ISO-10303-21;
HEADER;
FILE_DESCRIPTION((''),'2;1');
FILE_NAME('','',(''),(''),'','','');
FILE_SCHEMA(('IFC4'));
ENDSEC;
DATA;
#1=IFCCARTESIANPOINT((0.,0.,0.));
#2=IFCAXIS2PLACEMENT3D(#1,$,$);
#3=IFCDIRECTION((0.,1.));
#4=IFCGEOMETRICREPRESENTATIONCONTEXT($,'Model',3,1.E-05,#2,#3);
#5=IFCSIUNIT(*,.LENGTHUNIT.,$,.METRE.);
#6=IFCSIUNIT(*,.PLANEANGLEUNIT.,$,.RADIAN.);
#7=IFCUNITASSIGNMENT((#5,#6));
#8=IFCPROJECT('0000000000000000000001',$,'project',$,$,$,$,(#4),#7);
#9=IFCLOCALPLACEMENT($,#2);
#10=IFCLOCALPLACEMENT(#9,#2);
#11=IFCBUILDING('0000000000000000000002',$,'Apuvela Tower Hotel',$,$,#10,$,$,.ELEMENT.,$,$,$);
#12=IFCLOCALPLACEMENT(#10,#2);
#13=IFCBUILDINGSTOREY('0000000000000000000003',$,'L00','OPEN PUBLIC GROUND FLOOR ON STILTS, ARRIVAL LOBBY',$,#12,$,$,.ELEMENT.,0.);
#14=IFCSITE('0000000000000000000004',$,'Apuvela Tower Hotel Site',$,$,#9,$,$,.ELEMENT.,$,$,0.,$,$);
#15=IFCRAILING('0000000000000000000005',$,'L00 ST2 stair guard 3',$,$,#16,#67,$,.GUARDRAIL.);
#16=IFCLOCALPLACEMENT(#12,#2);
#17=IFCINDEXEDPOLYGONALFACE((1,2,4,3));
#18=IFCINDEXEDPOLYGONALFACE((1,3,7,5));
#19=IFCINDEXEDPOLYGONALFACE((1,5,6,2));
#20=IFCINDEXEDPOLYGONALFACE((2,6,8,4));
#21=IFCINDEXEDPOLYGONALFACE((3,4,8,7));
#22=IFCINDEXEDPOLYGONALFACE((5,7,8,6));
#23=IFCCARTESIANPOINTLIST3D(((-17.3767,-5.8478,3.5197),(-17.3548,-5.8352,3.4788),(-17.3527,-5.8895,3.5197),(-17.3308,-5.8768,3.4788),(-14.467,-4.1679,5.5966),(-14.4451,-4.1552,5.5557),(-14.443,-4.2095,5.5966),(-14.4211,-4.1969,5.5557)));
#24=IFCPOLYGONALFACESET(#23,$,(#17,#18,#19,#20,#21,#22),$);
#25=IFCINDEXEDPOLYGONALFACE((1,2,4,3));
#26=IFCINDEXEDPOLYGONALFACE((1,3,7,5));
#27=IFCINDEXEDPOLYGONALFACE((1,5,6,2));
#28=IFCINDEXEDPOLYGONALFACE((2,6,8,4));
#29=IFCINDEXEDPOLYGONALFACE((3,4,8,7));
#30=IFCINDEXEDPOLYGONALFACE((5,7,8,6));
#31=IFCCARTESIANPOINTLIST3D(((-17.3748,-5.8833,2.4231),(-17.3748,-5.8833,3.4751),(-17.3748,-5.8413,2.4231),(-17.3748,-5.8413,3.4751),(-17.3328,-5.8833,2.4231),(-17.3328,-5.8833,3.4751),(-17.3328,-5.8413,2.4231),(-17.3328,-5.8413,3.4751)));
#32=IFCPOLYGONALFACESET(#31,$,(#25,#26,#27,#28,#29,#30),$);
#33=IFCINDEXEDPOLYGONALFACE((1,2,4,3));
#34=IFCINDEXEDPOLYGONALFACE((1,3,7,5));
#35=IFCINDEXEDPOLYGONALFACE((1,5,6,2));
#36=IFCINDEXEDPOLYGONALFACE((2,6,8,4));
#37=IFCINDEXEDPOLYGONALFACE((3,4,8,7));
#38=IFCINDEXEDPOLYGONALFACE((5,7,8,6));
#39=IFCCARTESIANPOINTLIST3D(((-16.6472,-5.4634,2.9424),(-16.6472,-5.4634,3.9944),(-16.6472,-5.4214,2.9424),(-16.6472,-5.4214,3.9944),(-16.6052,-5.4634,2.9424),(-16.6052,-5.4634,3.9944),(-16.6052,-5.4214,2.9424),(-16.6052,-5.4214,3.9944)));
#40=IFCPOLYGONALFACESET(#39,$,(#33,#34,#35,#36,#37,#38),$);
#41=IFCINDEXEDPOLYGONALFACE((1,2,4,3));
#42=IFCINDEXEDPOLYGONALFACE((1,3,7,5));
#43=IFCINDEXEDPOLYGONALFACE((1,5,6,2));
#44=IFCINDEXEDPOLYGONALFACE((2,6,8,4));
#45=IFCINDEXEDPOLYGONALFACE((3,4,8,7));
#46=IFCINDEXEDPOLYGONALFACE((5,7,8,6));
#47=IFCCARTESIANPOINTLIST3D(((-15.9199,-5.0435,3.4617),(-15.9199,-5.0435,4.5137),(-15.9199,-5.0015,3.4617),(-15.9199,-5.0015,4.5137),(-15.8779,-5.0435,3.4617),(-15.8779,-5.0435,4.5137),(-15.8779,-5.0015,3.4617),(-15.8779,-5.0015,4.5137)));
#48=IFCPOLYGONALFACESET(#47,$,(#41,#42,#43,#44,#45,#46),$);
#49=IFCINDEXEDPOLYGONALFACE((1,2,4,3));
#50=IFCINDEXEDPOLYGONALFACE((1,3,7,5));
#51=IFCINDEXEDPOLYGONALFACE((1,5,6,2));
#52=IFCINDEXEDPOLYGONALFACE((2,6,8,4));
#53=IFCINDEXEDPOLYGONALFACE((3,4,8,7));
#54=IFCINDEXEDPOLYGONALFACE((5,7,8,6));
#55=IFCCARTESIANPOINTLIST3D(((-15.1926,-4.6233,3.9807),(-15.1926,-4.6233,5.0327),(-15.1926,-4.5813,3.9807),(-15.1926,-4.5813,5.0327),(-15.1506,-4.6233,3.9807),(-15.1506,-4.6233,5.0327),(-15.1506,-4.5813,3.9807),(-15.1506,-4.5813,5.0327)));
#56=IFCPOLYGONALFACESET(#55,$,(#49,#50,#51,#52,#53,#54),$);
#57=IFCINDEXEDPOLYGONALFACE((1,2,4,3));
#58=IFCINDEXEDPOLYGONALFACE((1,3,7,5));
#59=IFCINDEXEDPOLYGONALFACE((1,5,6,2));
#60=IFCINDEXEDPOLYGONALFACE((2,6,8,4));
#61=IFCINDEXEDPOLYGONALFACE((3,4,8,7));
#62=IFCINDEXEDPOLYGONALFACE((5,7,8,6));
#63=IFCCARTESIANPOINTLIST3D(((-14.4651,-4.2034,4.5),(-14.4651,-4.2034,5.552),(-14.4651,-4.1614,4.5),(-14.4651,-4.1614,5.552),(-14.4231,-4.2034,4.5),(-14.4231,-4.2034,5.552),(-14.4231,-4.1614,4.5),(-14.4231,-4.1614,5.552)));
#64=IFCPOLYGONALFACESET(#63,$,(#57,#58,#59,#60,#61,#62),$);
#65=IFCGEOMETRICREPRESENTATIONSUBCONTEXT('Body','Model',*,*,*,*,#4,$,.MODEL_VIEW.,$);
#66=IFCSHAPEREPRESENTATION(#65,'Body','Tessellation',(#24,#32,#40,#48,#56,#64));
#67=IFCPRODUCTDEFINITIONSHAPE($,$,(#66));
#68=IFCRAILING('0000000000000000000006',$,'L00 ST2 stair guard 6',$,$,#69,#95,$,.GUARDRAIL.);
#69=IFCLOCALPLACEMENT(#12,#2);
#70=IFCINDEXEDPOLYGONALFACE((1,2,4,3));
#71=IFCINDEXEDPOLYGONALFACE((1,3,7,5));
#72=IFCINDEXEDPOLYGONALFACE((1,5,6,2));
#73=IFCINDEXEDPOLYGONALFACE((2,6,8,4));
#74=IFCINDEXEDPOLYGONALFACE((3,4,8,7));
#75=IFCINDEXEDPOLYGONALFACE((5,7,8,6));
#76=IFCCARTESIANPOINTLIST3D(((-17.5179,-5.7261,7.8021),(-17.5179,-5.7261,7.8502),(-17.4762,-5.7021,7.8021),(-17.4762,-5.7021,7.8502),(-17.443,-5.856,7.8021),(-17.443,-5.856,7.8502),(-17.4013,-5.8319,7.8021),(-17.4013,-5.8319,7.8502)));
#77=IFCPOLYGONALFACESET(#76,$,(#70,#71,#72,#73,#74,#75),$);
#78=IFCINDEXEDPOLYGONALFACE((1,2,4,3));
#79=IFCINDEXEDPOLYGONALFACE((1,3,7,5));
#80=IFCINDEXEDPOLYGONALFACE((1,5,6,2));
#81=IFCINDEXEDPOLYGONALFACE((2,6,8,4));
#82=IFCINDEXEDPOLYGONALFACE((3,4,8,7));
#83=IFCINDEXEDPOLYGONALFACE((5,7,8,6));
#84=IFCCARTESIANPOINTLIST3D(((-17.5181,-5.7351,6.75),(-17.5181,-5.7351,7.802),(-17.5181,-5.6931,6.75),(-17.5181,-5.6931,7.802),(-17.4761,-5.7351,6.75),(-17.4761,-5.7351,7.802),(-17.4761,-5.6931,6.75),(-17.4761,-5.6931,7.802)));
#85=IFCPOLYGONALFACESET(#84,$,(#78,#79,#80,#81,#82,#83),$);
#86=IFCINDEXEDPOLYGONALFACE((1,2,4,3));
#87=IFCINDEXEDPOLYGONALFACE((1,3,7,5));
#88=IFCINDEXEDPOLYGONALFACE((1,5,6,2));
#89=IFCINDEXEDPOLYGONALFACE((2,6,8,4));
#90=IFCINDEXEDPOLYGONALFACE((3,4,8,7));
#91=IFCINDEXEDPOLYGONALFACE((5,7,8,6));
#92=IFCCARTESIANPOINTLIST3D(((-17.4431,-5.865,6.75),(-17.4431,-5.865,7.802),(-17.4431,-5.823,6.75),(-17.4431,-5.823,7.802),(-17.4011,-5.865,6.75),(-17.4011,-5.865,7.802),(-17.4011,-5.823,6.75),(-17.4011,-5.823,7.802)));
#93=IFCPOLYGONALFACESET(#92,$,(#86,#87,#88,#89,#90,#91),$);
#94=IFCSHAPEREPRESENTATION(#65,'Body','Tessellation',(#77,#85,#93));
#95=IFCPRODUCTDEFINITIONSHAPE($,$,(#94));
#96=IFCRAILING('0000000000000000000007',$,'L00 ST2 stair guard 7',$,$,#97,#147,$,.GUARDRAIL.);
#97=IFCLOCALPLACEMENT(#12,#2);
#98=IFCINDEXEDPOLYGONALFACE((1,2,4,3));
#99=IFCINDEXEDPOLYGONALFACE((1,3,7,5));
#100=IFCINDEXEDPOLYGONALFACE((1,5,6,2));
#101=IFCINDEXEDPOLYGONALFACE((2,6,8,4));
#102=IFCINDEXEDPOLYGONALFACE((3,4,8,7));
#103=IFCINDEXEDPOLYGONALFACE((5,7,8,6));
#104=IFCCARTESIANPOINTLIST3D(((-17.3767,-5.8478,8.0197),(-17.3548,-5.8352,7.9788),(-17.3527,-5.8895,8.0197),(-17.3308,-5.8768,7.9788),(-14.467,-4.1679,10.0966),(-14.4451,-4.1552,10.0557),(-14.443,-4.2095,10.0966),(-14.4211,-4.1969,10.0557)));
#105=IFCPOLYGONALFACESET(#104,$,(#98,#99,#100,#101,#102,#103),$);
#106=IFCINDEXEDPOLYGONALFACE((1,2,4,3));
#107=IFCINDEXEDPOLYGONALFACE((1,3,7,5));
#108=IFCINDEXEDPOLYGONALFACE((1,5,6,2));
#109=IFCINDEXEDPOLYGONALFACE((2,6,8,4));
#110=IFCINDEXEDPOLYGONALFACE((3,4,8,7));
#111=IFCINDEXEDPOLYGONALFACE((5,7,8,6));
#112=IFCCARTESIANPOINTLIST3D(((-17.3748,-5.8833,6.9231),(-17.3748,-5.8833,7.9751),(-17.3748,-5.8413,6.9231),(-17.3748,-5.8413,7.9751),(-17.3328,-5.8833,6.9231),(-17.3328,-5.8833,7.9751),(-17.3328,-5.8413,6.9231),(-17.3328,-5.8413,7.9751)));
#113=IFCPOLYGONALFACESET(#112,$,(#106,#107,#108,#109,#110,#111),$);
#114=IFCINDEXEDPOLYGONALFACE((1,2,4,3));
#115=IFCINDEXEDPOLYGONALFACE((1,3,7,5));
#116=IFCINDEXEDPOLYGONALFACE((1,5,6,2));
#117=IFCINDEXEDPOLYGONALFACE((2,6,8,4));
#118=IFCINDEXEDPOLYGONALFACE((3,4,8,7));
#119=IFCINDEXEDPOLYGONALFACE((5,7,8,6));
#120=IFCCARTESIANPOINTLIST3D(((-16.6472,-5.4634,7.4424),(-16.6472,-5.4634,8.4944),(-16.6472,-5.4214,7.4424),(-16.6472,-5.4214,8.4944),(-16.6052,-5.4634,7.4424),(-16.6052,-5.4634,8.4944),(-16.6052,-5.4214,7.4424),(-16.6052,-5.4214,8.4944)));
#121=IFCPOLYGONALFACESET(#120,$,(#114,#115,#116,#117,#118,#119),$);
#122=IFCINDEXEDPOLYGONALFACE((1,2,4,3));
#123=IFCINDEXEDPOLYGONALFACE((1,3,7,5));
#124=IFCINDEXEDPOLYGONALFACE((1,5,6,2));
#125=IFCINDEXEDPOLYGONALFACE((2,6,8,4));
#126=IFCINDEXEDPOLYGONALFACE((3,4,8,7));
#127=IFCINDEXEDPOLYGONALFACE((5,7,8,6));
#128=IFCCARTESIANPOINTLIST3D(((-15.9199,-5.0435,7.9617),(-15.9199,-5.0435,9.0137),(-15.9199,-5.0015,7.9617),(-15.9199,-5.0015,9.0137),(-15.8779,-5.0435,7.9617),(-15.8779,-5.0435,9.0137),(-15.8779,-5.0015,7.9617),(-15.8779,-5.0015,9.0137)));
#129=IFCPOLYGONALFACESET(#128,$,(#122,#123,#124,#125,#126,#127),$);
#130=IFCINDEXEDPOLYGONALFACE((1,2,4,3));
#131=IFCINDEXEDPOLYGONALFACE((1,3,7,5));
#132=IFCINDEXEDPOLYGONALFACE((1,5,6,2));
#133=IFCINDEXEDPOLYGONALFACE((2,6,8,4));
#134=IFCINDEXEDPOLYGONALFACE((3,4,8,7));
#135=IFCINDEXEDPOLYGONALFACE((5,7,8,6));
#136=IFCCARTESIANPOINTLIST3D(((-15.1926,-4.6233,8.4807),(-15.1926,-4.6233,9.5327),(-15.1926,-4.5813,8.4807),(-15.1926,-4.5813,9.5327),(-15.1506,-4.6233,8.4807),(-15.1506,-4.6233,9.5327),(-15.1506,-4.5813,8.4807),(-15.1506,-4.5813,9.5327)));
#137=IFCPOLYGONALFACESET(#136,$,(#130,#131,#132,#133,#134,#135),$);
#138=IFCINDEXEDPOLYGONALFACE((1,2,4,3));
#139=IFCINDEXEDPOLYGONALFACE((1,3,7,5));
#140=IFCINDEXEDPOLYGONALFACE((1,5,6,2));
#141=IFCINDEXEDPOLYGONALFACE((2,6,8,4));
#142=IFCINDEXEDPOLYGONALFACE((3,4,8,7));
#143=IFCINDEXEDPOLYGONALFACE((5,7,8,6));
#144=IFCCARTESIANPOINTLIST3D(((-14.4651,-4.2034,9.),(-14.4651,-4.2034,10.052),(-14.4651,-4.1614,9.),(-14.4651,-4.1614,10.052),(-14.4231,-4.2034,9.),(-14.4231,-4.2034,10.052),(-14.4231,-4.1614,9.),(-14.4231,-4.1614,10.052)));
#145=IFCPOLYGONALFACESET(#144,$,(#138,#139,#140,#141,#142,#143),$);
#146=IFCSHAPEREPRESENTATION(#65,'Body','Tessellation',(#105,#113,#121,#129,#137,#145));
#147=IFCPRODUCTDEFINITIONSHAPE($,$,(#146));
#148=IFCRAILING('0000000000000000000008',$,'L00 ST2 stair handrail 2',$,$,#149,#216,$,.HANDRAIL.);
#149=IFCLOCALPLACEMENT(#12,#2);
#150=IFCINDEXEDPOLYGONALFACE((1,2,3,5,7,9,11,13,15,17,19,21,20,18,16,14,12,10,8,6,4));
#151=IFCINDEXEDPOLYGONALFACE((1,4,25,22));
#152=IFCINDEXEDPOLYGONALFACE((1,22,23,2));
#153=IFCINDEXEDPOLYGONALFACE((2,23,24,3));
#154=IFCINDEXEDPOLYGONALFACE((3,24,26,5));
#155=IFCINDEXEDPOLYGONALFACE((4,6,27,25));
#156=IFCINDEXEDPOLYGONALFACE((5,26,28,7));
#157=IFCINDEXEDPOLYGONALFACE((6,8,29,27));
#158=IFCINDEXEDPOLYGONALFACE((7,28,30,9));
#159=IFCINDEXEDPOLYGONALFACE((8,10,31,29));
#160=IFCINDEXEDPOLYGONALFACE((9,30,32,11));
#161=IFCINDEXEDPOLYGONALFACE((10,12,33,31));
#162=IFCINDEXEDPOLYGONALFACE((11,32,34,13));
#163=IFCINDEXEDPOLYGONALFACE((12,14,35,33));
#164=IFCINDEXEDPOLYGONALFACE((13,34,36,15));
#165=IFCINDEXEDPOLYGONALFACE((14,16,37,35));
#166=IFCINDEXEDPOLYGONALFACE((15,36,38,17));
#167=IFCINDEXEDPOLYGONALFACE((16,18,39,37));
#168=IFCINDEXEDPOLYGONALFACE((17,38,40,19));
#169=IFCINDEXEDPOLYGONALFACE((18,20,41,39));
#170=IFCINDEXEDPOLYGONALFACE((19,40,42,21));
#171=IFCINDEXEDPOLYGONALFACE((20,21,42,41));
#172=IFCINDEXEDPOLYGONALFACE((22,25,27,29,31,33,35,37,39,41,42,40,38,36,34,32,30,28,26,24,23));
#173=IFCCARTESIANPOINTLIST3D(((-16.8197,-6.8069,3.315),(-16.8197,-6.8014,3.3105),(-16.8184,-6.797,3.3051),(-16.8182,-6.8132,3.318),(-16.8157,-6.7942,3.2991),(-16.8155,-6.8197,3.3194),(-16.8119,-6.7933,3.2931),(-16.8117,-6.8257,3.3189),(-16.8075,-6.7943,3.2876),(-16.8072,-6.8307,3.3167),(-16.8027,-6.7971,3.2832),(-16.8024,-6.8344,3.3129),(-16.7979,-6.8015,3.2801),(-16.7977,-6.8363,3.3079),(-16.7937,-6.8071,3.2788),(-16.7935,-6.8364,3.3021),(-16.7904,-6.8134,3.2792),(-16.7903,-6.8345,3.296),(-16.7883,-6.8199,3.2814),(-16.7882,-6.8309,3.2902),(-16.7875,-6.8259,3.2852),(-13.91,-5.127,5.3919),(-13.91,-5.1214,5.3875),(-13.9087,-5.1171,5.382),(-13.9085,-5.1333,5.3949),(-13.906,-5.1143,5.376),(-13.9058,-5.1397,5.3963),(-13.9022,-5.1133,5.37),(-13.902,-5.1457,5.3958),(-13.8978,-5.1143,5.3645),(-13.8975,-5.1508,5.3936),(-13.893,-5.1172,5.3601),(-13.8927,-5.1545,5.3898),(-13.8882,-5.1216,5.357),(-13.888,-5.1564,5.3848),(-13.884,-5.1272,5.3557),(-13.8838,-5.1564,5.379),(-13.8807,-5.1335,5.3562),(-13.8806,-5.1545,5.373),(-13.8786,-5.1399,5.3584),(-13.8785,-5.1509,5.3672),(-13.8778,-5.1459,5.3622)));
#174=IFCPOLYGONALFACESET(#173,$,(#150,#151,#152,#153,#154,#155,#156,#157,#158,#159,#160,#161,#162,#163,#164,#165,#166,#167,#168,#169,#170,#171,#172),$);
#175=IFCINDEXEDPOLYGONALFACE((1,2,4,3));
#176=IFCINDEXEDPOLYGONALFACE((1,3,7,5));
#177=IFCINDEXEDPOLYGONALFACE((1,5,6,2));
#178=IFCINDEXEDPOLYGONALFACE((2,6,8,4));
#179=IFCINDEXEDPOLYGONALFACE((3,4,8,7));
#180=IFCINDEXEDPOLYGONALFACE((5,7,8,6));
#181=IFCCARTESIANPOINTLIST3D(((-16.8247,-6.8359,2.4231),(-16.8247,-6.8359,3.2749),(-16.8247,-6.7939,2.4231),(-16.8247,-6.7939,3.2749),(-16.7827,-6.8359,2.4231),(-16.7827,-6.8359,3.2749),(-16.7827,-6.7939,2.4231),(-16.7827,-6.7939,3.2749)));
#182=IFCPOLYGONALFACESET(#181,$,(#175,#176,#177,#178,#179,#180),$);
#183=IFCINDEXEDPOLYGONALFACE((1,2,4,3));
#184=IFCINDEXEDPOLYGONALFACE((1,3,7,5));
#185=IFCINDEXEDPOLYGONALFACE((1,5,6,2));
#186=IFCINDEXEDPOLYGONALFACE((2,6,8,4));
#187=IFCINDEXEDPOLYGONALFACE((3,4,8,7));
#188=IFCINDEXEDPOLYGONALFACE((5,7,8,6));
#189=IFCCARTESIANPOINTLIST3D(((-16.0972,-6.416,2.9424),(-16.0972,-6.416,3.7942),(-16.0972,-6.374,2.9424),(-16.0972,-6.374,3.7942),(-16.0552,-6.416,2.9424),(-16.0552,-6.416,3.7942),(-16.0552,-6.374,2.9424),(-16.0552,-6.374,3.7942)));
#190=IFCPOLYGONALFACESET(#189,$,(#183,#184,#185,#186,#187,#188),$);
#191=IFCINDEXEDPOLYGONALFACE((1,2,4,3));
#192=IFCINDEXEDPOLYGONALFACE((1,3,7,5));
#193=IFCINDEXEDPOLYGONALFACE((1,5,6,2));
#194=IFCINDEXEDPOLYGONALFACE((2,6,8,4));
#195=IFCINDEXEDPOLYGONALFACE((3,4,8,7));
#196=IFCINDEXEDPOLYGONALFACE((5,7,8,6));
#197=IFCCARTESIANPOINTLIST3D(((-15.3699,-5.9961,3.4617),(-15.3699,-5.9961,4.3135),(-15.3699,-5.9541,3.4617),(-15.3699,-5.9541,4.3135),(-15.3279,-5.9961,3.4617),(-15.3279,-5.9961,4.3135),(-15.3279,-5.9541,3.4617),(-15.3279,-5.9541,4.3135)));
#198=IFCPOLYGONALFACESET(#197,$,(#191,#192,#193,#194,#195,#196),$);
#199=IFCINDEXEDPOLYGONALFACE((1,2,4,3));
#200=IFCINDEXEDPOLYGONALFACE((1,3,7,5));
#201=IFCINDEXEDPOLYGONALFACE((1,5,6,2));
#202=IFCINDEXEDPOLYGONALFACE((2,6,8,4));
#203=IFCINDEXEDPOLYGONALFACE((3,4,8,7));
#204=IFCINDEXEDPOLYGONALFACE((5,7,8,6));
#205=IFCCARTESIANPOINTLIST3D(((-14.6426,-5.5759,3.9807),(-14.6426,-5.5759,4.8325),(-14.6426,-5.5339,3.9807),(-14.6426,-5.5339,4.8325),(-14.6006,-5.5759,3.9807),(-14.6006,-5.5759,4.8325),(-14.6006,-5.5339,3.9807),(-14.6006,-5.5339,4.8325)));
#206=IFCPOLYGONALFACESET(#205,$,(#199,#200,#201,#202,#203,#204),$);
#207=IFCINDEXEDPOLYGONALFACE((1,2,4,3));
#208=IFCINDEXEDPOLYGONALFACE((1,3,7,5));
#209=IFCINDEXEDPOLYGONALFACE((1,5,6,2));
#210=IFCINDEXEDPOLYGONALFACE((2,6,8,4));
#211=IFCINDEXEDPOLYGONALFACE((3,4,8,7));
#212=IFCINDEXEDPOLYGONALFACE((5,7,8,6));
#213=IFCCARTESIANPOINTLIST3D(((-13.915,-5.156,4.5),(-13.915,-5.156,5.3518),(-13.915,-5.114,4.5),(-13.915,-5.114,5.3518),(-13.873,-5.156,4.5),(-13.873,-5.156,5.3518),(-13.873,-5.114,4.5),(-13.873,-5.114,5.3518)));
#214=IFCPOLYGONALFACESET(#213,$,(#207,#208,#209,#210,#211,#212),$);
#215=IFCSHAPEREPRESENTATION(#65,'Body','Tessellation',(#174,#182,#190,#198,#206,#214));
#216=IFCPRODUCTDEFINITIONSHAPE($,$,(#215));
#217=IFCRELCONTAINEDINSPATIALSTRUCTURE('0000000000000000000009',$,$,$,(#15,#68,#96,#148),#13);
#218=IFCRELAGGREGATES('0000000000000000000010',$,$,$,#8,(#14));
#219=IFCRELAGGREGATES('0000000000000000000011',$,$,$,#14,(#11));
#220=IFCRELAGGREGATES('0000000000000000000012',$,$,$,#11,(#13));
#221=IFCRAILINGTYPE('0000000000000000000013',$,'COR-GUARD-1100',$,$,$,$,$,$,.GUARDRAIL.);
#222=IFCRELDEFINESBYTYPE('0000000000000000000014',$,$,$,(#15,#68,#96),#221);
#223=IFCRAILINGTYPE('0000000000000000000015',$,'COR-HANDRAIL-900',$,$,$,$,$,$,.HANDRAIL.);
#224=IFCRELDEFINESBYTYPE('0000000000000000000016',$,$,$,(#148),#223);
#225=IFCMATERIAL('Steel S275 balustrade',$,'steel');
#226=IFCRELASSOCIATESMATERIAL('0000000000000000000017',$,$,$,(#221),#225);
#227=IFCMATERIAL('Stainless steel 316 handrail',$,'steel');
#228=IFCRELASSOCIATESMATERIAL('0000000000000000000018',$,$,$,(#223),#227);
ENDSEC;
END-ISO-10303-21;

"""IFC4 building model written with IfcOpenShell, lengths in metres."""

from ifc_helpers import new_model, si_unit, direction, frame, origin, origin_2d, place, context, subcontext, project, spatial, rectangle, circle, extrude, material, type_object, element, save


model = new_model("IFC4")

# Units and contexts
model_context = context("Model", 3, precision=1e-05, world=origin(), true_north=direction((0.0, 1.0)))
body_context = subcontext(model_context, "Body", "Model", "MODEL_VIEW")
ifc_project = project(units=[si_unit("LENGTHUNIT", "METRE"), si_unit("PLANEANGLEUNIT", "RADIAN")], contexts=[model_context])

# Site, building, storey
site_placement = place(None, origin())
site = spatial("IfcSite", under=ifc_project, at=site_placement, Name="Apuvela Tower Hotel Site", CompositionType="ELEMENT", RefElevation=0.0)
building_placement = place(site_placement, origin())
building = spatial("IfcBuilding", under=site, at=building_placement, Name="Apuvela Tower Hotel", CompositionType="ELEMENT")
storey_placement = place(building_placement, origin())
storey = spatial("IfcBuildingStorey", under=building, at=storey_placement, Name="L00", Description="OPEN PUBLIC GROUND FLOOR ON STILTS, ARRIVAL LOBBY", CompositionType="ELEMENT", Elevation=0.0)

# Railings
ifc_material_1 = material(Name="Steel S275 balustrade", Category="steel")
railing_type_1 = type_object("IfcRailingType", Name="COR-GUARD-1100", PredefinedType="GUARDRAIL", material=ifc_material_1)
railing_1_placement = place(storey_placement, frame((-17.3538, -5.8623, 2.4231)))
element("IfcRailing", 1, at=railing_1_placement, inside=storey, type_object=railing_type_1, Name="L00 ST2 stair guard 3", PredefinedType="GUARDRAIL", context=body_context, shape_type="SweptSolid", body=[
    extrude(rectangle(XDim=0.0481, YDim=0.0481, at=origin_2d()), frame((0.0, 0.0, 1.0762), z_axis=(0.73664, 0.425308, 0.525809), x_axis=(-0.500008, 0.866021, 0.0)), (0.0, 0.0, 1.0), 3.95),
    extrude(rectangle(XDim=0.042, YDim=0.042, at=origin_2d()), origin(), (0.0, 0.0, 1.0), 1.052),
    extrude(rectangle(XDim=0.042, YDim=0.042, at=origin_2d()), frame((0.7275, 0.4199, 0.5193)), (0.0, 0.0, 1.0), 1.052),
    extrude(rectangle(XDim=0.042, YDim=0.042, at=origin_2d()), frame((1.4548, 0.8398, 1.0386)), (0.0, 0.0, 1.0), 1.052),
    extrude(rectangle(XDim=0.042, YDim=0.042, at=origin_2d()), frame((2.1821, 1.26, 1.5576)), (0.0, 0.0, 1.0), 1.052),
    extrude(rectangle(XDim=0.042, YDim=0.042, at=origin_2d()), frame((2.9097, 1.6799, 2.0769)), (0.0, 0.0, 1.0), 1.052),
])
railing_2_placement = place(storey_placement, frame((-17.4971, -5.7141, 6.75)))
element("IfcRailing", 2, at=railing_2_placement, inside=storey, type_object=railing_type_1, Name="L00 ST2 stair guard 6", PredefinedType="GUARDRAIL", context=body_context, shape_type="SweptSolid", body=[
    extrude(rectangle(XDim=0.0481, YDim=0.0481, at=origin_2d()), frame((0.0, 0.0, 1.0762), z_axis=(0.499816, -0.866131, 0.0), x_axis=(0.866131, 0.499816, 0.0)), (0.0, 0.0, 1.0), 0.1499),
    extrude(rectangle(XDim=0.042, YDim=0.042, at=origin_2d()), origin(), (0.0, 0.0, 1.0), 1.052),
    extrude(rectangle(XDim=0.042, YDim=0.042, at=origin_2d()), frame((0.075, -0.1299, 0.0)), (0.0, 0.0, 1.0), 1.052),
])
railing_3_placement = place(storey_placement, frame((-17.3538, -5.8623, 6.9231)))
element("IfcRailing", 3, at=railing_3_placement, inside=storey, type_object=railing_type_1, Name="L00 ST2 stair guard 7", PredefinedType="GUARDRAIL", context=body_context, shape_type="SweptSolid", body=[
    extrude(rectangle(XDim=0.0481, YDim=0.0481, at=origin_2d()), frame((0.0, 0.0, 1.0762), z_axis=(0.73664, 0.425308, 0.525809), x_axis=(-0.500008, 0.866021, 0.0)), (0.0, 0.0, 1.0), 3.95),
    extrude(rectangle(XDim=0.042, YDim=0.042, at=origin_2d()), origin(), (0.0, 0.0, 1.0), 1.052),
    extrude(rectangle(XDim=0.042, YDim=0.042, at=origin_2d()), frame((0.7275, 0.4199, 0.5193)), (0.0, 0.0, 1.0), 1.052),
    extrude(rectangle(XDim=0.042, YDim=0.042, at=origin_2d()), frame((1.4548, 0.8398, 1.0386)), (0.0, 0.0, 1.0), 1.052),
    extrude(rectangle(XDim=0.042, YDim=0.042, at=origin_2d()), frame((2.1821, 1.26, 1.5576)), (0.0, 0.0, 1.0), 1.052),
    extrude(rectangle(XDim=0.042, YDim=0.042, at=origin_2d()), frame((2.9097, 1.6799, 2.0769)), (0.0, 0.0, 1.0), 1.052),
])
ifc_material_2 = material(Name="Stainless steel 316 handrail", Category="steel")
railing_type_2 = type_object("IfcRailingType", Name="COR-HANDRAIL-900", PredefinedType="HANDRAIL", material=ifc_material_2)
for number, where, name in (
    (4, (-16.8037, -6.8149, 2.4231), "L00 ST2 stair handrail 2"),
):
    element("IfcRailing", number, at=place(storey_placement, frame(where)), inside=storey, type_object=railing_type_2, Name=name, PredefinedType="HANDRAIL", context=body_context, shape_type="SweptSolid", body=[
        extrude(circle(Radius=0.0239, at=origin_2d()), frame((0.0, 0.0, 0.876), z_axis=(0.73664, 0.425308, 0.525809), x_axis=(-0.500008, 0.866021, 0.0)), (0.0, 0.0, 1.0), 3.95),
        extrude(rectangle(XDim=0.042, YDim=0.042, at=origin_2d()), origin(), (0.0, 0.0, 1.0), 0.8518),
        extrude(rectangle(XDim=0.042, YDim=0.042, at=origin_2d()), frame((0.7275, 0.4199, 0.5193)), (0.0, 0.0, 1.0), 0.8518),
        extrude(rectangle(XDim=0.042, YDim=0.042, at=origin_2d()), frame((1.4548, 0.8398, 1.0386)), (0.0, 0.0, 1.0), 0.8518),
        extrude(rectangle(XDim=0.042, YDim=0.042, at=origin_2d()), frame((2.1821, 1.26, 1.5576)), (0.0, 0.0, 1.0), 0.8518),
        extrude(rectangle(XDim=0.042, YDim=0.042, at=origin_2d()), frame((2.9097, 1.6799, 2.0769)), (0.0, 0.0, 1.0), 0.8518),
    ])

save(model, "model.ifc")
